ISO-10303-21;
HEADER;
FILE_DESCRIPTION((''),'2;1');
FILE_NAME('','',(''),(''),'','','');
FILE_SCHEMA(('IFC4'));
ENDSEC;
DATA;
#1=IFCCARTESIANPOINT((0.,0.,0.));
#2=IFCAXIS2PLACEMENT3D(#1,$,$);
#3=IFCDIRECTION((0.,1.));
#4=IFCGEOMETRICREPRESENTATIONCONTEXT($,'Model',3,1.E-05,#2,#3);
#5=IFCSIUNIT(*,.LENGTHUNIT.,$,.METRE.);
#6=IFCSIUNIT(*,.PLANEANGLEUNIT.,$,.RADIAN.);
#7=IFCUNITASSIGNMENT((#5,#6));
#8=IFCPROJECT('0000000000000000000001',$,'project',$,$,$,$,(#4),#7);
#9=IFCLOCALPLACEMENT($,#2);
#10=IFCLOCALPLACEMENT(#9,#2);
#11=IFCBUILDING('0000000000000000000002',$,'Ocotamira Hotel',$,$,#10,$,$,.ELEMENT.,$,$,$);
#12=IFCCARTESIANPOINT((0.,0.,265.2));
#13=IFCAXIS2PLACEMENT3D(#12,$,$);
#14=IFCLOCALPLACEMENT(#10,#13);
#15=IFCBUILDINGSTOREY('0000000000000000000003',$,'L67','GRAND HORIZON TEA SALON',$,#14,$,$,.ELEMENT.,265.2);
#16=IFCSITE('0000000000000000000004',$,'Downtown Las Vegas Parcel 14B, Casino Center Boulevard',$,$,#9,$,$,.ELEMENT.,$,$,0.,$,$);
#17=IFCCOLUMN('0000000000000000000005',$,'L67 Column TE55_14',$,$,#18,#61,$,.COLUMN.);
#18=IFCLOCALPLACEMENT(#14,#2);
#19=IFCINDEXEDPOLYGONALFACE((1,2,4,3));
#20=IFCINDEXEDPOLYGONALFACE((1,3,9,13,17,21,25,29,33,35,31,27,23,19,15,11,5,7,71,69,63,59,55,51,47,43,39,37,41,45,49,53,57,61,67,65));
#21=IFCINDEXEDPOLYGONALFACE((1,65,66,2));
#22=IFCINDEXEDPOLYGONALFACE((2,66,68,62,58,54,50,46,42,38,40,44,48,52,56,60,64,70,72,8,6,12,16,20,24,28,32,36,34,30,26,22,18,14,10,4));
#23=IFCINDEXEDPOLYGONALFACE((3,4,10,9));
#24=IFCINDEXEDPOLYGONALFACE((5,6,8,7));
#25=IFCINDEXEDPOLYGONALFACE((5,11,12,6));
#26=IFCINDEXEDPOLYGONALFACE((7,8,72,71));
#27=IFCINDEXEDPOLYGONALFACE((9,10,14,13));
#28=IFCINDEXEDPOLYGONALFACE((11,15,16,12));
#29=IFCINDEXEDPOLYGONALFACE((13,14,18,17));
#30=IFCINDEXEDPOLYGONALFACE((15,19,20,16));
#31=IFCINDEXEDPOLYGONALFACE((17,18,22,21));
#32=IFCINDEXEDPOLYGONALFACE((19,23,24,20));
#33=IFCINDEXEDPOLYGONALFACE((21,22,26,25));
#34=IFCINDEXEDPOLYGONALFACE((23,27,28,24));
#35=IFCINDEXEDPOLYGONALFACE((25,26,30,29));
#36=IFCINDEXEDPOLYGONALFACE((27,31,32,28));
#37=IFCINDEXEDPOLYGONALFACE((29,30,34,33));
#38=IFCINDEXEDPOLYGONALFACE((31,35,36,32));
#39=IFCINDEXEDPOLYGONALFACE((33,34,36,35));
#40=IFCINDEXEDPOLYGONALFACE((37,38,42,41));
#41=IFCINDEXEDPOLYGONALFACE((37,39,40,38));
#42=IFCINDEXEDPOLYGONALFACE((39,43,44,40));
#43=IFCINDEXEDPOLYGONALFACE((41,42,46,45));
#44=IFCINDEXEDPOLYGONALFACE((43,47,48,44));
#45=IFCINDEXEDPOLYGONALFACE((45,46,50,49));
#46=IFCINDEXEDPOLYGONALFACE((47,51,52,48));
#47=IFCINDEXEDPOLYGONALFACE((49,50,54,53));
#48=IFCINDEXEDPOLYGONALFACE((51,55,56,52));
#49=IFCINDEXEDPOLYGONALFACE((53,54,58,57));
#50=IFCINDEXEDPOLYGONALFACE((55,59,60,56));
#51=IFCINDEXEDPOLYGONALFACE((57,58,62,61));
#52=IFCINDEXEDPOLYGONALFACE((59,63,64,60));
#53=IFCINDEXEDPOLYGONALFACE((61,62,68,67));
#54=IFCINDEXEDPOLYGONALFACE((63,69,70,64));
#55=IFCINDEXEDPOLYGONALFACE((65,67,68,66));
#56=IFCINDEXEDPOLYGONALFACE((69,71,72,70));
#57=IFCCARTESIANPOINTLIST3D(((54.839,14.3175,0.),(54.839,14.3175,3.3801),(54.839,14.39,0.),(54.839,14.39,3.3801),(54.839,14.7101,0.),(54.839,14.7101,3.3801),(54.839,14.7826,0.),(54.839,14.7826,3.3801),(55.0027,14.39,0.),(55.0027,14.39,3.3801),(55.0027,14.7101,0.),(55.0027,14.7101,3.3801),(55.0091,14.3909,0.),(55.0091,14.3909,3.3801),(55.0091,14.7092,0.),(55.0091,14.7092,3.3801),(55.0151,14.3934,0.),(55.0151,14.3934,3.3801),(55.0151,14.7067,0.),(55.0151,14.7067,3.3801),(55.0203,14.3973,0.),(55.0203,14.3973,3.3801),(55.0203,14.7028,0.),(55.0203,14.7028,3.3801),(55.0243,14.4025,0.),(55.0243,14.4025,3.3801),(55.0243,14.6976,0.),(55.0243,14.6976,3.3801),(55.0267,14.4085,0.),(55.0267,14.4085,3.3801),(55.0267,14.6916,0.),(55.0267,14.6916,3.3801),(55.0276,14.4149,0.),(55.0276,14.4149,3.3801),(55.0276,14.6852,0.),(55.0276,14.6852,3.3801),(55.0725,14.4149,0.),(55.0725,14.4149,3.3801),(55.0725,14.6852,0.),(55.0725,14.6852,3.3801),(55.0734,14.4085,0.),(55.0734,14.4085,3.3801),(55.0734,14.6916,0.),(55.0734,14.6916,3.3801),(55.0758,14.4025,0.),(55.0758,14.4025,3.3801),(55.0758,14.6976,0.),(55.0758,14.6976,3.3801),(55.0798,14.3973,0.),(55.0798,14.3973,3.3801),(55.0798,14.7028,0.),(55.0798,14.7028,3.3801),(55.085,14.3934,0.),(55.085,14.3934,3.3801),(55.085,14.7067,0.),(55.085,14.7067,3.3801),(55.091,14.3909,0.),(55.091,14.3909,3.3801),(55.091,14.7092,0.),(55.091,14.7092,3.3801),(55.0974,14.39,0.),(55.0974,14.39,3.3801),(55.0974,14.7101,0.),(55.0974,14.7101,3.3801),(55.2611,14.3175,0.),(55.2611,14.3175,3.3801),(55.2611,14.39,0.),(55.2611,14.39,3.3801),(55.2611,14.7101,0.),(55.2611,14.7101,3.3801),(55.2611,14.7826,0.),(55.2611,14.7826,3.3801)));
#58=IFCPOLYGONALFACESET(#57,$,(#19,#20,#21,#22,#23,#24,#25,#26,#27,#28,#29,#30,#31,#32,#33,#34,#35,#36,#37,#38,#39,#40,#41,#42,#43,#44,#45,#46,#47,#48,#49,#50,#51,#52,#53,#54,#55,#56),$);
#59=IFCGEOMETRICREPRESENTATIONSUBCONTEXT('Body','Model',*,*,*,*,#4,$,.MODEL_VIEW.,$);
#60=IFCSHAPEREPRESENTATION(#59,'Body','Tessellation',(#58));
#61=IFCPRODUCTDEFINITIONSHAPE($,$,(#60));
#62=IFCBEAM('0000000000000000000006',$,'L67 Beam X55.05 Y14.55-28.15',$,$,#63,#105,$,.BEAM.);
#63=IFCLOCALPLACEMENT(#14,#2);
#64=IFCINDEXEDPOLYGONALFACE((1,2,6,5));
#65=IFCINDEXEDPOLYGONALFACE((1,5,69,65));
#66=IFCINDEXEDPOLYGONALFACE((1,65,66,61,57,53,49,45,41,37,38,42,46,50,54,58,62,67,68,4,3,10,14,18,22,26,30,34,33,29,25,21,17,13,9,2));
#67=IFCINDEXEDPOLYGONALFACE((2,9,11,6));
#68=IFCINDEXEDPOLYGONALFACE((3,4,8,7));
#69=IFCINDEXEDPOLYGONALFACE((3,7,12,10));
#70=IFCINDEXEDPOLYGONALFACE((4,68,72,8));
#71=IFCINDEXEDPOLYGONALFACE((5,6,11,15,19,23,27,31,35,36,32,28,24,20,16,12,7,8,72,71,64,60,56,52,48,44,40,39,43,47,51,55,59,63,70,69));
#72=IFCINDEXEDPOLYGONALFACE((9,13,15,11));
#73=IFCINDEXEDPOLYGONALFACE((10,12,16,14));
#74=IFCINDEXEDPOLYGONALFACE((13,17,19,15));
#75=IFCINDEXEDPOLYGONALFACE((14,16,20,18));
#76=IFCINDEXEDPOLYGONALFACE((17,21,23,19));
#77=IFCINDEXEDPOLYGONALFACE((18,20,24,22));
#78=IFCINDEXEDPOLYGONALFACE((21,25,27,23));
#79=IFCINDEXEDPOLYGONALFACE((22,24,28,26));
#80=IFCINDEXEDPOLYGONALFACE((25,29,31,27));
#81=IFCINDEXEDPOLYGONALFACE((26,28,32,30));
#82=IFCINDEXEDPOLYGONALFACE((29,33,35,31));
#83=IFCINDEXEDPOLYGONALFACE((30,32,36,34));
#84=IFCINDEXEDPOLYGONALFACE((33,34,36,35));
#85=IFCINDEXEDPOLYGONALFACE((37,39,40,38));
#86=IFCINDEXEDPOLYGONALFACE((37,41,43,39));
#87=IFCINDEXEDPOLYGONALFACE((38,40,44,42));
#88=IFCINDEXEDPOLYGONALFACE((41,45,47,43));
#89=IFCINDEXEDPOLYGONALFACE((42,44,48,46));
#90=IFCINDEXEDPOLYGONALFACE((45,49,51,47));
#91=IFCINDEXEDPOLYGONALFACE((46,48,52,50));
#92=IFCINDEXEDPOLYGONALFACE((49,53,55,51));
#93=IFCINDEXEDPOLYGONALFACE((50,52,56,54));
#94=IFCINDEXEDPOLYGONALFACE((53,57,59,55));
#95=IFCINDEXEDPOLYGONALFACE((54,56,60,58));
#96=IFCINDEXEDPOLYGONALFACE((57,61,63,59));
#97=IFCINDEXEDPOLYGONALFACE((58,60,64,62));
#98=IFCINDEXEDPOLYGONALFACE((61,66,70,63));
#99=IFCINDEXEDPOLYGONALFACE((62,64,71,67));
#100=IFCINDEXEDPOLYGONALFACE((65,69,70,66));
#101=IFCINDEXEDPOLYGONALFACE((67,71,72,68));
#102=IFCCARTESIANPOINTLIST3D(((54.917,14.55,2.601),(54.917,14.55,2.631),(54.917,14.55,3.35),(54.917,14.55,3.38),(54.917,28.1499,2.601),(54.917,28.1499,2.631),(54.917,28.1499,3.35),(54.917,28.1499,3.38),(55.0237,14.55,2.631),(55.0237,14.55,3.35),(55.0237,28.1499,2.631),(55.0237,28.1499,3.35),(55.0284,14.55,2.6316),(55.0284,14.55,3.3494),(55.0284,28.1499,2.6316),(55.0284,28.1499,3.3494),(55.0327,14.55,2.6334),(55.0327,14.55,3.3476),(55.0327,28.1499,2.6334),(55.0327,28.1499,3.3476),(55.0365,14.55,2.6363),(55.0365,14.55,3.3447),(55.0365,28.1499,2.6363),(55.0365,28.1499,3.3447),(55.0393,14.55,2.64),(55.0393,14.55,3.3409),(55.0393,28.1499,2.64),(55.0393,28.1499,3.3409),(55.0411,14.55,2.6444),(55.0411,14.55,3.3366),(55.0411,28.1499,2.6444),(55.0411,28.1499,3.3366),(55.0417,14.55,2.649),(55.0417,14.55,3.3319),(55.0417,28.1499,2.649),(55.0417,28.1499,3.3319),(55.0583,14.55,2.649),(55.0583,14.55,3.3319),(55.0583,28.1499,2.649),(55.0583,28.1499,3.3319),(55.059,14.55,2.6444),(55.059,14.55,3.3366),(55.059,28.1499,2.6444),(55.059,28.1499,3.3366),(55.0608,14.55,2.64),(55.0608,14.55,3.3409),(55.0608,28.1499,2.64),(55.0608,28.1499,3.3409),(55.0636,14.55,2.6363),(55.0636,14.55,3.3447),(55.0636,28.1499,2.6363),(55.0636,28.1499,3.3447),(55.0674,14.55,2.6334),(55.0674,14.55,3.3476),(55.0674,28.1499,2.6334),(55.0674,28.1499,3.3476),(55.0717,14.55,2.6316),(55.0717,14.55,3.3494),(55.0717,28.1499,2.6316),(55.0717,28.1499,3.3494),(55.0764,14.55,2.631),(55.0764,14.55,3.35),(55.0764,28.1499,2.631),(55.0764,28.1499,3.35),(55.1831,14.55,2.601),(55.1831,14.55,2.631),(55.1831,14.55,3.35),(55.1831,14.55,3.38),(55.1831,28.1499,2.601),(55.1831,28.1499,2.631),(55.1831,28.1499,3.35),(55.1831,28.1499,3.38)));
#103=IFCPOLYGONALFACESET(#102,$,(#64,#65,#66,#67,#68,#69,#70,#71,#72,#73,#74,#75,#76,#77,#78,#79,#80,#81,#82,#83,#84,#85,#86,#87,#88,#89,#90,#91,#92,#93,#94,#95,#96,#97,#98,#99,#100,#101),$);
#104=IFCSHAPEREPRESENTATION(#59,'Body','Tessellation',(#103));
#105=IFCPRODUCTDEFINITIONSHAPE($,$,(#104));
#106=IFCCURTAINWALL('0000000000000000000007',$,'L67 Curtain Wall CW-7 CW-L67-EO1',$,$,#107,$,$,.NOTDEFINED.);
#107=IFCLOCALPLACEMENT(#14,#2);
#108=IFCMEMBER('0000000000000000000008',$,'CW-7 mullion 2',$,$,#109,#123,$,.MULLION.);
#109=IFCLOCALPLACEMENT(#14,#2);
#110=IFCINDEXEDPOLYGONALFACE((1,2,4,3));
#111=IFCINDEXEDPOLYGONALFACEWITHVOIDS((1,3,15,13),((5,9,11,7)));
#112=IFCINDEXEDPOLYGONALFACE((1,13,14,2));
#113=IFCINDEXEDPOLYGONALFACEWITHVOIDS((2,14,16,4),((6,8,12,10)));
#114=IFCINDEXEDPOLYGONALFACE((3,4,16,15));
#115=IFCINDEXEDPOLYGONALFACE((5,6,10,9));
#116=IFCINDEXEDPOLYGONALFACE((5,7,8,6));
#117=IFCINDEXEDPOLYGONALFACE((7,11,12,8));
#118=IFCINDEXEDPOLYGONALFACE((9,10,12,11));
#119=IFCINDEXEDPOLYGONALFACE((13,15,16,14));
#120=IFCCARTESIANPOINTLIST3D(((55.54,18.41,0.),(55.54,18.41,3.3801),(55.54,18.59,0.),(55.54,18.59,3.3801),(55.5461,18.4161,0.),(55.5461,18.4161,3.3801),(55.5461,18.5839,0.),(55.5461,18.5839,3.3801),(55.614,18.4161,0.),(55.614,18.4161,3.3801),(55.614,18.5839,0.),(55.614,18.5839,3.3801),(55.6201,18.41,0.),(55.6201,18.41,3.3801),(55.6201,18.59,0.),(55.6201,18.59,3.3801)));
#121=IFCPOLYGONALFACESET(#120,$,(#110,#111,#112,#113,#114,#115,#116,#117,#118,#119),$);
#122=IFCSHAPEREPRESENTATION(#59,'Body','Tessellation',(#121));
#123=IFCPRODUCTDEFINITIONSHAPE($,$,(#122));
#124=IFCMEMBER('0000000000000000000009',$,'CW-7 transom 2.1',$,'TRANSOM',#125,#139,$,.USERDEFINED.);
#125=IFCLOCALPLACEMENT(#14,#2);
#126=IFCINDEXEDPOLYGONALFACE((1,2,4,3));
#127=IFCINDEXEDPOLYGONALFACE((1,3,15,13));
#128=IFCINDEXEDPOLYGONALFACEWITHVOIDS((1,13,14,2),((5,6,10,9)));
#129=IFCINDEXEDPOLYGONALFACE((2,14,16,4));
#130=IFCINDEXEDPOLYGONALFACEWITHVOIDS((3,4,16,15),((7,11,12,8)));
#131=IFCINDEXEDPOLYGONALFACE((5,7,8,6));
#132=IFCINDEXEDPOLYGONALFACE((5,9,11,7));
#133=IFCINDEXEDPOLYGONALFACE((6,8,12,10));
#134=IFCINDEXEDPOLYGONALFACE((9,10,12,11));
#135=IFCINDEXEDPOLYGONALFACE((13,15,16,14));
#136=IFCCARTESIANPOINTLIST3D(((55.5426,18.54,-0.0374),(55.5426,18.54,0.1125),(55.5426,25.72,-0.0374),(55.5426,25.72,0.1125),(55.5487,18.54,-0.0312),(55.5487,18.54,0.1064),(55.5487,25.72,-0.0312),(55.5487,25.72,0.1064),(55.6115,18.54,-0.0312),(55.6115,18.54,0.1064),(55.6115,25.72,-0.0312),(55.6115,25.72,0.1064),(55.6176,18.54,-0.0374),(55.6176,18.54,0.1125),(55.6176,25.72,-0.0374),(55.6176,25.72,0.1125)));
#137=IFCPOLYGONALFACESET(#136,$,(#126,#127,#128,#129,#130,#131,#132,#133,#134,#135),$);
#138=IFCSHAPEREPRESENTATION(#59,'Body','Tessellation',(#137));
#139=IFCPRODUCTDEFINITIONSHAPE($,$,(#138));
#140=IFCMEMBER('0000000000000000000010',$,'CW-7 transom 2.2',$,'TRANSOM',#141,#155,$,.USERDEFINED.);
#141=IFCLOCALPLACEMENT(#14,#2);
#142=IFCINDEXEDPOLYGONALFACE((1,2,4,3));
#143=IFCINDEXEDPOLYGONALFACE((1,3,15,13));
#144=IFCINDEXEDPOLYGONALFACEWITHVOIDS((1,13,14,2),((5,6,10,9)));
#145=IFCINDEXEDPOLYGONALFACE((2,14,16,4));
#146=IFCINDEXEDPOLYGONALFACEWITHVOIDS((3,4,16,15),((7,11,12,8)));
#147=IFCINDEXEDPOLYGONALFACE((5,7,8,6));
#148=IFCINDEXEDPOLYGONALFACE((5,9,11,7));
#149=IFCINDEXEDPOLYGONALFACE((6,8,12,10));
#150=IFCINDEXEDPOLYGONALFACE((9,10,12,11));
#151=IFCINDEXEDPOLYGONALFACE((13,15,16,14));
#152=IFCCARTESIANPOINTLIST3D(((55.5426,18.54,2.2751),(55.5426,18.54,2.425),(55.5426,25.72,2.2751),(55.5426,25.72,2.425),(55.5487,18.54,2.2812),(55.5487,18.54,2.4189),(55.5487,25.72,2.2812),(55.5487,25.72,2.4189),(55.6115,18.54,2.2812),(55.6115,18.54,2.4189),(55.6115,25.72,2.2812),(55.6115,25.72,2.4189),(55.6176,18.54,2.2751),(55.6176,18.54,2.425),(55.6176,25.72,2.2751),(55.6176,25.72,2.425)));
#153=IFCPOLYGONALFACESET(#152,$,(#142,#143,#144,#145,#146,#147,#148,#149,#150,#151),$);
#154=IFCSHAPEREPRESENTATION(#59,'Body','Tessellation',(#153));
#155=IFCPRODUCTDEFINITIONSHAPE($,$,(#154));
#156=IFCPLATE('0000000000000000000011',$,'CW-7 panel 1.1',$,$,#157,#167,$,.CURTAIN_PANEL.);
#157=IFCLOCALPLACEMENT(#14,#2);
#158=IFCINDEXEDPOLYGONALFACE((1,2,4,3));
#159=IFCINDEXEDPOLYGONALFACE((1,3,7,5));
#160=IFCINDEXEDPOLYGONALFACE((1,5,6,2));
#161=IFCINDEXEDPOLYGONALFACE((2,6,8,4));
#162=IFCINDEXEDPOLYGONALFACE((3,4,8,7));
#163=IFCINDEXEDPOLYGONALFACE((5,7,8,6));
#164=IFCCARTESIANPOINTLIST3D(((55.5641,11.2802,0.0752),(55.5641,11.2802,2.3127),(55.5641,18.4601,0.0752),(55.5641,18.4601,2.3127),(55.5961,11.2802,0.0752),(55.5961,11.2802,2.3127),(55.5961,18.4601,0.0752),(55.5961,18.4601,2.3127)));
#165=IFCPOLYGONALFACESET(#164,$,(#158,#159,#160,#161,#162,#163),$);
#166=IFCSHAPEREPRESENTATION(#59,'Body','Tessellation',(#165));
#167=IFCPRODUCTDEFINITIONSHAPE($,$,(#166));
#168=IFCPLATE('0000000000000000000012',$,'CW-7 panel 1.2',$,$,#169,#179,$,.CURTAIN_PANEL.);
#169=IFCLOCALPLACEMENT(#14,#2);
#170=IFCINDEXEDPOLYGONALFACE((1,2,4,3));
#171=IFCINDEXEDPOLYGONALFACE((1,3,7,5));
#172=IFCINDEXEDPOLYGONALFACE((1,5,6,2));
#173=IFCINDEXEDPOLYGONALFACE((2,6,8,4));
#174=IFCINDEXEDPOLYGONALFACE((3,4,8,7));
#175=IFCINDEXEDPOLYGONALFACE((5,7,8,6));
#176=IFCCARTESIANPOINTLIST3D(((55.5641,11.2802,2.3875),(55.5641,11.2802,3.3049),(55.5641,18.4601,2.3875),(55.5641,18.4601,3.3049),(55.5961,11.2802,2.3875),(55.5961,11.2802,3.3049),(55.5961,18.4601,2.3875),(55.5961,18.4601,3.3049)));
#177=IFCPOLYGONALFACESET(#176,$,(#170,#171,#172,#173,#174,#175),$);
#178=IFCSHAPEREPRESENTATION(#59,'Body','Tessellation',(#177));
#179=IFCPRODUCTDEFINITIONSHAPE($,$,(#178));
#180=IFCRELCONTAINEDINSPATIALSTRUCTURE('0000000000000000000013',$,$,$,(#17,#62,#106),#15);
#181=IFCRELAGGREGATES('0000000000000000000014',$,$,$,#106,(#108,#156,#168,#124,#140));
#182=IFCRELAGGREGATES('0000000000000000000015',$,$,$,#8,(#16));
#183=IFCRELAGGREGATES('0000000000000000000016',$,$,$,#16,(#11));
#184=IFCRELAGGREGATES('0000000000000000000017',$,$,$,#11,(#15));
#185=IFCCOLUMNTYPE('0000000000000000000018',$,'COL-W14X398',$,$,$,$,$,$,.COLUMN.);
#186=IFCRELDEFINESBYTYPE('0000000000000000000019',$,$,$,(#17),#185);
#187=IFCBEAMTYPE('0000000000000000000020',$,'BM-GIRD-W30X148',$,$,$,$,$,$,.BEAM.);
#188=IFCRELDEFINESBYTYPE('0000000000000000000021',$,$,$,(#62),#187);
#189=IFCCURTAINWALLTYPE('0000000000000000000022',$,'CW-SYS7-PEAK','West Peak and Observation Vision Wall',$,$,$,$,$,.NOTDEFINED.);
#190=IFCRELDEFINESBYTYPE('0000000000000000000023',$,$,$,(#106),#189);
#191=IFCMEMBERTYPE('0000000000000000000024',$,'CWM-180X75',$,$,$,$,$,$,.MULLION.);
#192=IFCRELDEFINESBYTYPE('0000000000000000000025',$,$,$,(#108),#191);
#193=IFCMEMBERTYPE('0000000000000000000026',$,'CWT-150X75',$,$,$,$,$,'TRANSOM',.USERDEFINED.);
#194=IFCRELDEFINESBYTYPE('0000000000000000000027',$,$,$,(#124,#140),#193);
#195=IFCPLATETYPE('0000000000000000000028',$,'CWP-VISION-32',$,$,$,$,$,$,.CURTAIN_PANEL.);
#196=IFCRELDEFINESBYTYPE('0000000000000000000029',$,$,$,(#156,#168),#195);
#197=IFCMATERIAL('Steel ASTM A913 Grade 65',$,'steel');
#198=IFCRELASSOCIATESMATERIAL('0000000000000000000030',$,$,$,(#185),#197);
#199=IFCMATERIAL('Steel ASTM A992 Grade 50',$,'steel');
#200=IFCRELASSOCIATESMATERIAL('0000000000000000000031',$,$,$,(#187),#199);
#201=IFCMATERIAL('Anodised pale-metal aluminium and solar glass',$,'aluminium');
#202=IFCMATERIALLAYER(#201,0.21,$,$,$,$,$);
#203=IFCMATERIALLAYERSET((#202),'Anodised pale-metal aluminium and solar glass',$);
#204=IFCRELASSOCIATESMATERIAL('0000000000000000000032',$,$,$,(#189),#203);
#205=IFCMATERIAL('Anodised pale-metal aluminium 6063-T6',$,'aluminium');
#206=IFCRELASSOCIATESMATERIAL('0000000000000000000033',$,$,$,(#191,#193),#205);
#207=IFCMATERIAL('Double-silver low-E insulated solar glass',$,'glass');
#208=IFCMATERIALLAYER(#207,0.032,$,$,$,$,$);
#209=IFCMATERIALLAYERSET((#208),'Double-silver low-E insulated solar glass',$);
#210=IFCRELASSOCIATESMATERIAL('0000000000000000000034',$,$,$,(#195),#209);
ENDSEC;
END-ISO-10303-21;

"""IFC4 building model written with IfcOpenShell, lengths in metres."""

from ifc_helpers import new_model, si_unit, direction, frame, origin, origin_2d, place, context, subcontext, project, spatial, rectangle, hollow_rectangle, i_section, extrude, source, transform, mapped, material, layer, layer_set, material_profile, profile_set, type_object, element, aggregate, save


model = new_model("IFC4")

# Units and contexts
model_context = context("Model", 3, precision=1e-05, world=origin(), true_north=direction((0.0, 1.0)))
body_context = subcontext(model_context, "Body", "Model", "MODEL_VIEW")
ifc_project = project(units=[si_unit("LENGTHUNIT", "METRE"), si_unit("PLANEANGLEUNIT", "RADIAN")], contexts=[model_context])

# Site, building, storey
site_placement = place(None, origin())
site = spatial("IfcSite", under=ifc_project, at=site_placement, Name="Downtown Las Vegas Parcel 14B, Casino Center Boulevard", CompositionType="ELEMENT", RefElevation=0.0)
building_placement = place(site_placement, origin())
building = spatial("IfcBuilding", under=site, at=building_placement, Name="Ocotamira Hotel", CompositionType="ELEMENT")
storey_placement = place(building_placement, frame((0.0, 0.0, 265.2)))
storey = spatial("IfcBuildingStorey", under=building, at=storey_placement, Name="L67", Description="GRAND HORIZON TEA SALON", CompositionType="ELEMENT", Elevation=265.2)

# Column
ifc_material_1 = material(Name="Steel ASTM A913 Grade 65", Category="steel")
ifc_material_profile_1 = material_profile(ifc_material_1, i_section(OverallWidth=0.4221, OverallDepth=0.4651, WebThickness=0.0449, FlangeThickness=0.0725, FilletRadius=0.0249, at=origin_2d()), Name="W14X398")
ifc_profile_set_1 = profile_set([ifc_material_profile_1], Name="Steel ASTM A913 Grade 65")
column_type = type_object("IfcColumnType", Name="COL-W14X398", PredefinedType="COLUMN", material=ifc_profile_set_1)
shared_shape_1 = source(origin(), body_context, "Body", "SweptSolid", [
    extrude(i_section(OverallWidth=0.4221, OverallDepth=0.4651, WebThickness=0.0449, FlangeThickness=0.0725, FilletRadius=0.0249, at=origin_2d()), origin(), (0.0, 0.0, 1.0), 3.3801),
])
column_placement = place(storey_placement, frame((55.05, 14.55, 0.0), z_axis=(0.0, 0.0, 1.0), x_axis=(1.0, 0.0, 0.0)))
element("IfcColumn", 1, at=column_placement, inside=storey, type_object=column_type, Name="L67 Column TE55_14", PredefinedType="COLUMN", context=body_context, shape_type="MappedRepresentation", body=[
    mapped(shared_shape_1, transform((0.0, 0.0, 0.0), scale=1.0)),
])

# Beam
ifc_material_2 = material(Name="Steel ASTM A992 Grade 50", Category="steel")
ifc_material_profile_2 = material_profile(ifc_material_2, i_section(OverallWidth=0.2661, OverallDepth=0.7791, WebThickness=0.0166, FlangeThickness=0.03, FilletRadius=0.0181, at=origin_2d()), Name="W30X148")
ifc_profile_set_2 = profile_set([ifc_material_profile_2], Name="Steel ASTM A992 Grade 50")
beam_type = type_object("IfcBeamType", Name="BM-GIRD-W30X148", PredefinedType="BEAM", material=ifc_profile_set_2)
shared_shape_2 = source(origin(), body_context, "Body", "SweptSolid", [
    extrude(i_section(OverallWidth=0.2661, OverallDepth=0.7791, WebThickness=0.0166, FlangeThickness=0.03, FilletRadius=0.0181, at=origin_2d()), origin(), (0.0, 0.0, 1.0), 13.5999),
])
beam_placement = place(storey_placement, frame((55.05, 14.55, 2.9905), z_axis=(0.0, 1.0, 0.0), x_axis=(-1.0, 0.0, 0.0)))
element("IfcBeam", 2, at=beam_placement, inside=storey, type_object=beam_type, Name="L67 Beam X55.05 Y14.55-28.15", PredefinedType="BEAM", context=body_context, shape_type="MappedRepresentation", body=[
    mapped(shared_shape_2, transform((0.0, 0.0, 0.0), scale=1.0)),
])

# Curtain wall, members, plates
ifc_material_3 = material(Name="Anodised pale-metal aluminium and solar glass", Category="aluminium")
ifc_layer_1 = layer(ifc_material_3, 0.21)
ifc_layer_set_1 = layer_set([ifc_layer_1], Name="Anodised pale-metal aluminium and solar glass")
curtain_wall_type = type_object("IfcCurtainWallType", Name="CW-SYS7-PEAK", Description="West Peak and Observation Vision Wall", PredefinedType="NOTDEFINED", material=ifc_layer_set_1)
curtain_wall_placement = place(storey_placement, origin())
curtain_wall = element("IfcCurtainWall", 3, at=curtain_wall_placement, inside=storey, type_object=curtain_wall_type, Name="L67 Curtain Wall CW-7 CW-L67-EO1", PredefinedType="NOTDEFINED")
ifc_material_4 = material(Name="Anodised pale-metal aluminium 6063-T6", Category="aluminium")
ifc_material_profile_3 = material_profile(ifc_material_4, hollow_rectangle(XDim=0.0801, YDim=0.1799, WallThickness=0.0061, at=origin_2d()), Name="HSS180X80X6")
ifc_profile_set_3 = profile_set([ifc_material_profile_3], Name="Anodised pale-metal aluminium 6063-T6")
member_type_1 = type_object("IfcMemberType", Name="CWM-180X75", PredefinedType="MULLION", material=ifc_profile_set_3)
shared_shape_3 = source(origin(), body_context, "Body", "SweptSolid", [
    extrude(hollow_rectangle(XDim=0.0801, YDim=0.1799, WallThickness=0.0061, at=origin_2d()), origin(), (0.0, 0.0, 1.0), 3.3801),
])
member_1_placement = place(storey_placement, frame((55.5801, 18.5, 0.0), z_axis=(0.0, 0.0, 1.0), x_axis=(-1.0, 0.0, 0.0)))
member_1 = element("IfcMember", 4, at=member_1_placement, type_object=member_type_1, Name="CW-7 mullion 2", PredefinedType="MULLION", context=body_context, shape_type="MappedRepresentation", body=[
    mapped(shared_shape_3, transform((0.0, 0.0, 0.0), scale=1.0)),
])
ifc_material_profile_4 = material_profile(ifc_material_4, hollow_rectangle(XDim=0.075, YDim=0.1499, WallThickness=0.0061, at=origin_2d()), Name="HSS150X75X6")
ifc_profile_set_4 = profile_set([ifc_material_profile_4], Name="Anodised pale-metal aluminium 6063-T6")
member_type_2 = type_object("IfcMemberType", Name="CWT-150X75", ElementType="TRANSOM", PredefinedType="USERDEFINED", material=ifc_profile_set_4)
shared_shape_4 = source(origin(), body_context, "Body", "SweptSolid", [
    extrude(hollow_rectangle(XDim=0.075, YDim=0.1499, WallThickness=0.0061, at=origin_2d()), origin(), (0.0, 0.0, 1.0), 7.1799),
])
member_2_placement = place(storey_placement, frame((55.5801, 18.54, 0.0376), z_axis=(0.0, 1.0, 0.0), x_axis=(-1.0, 0.0, 0.0)))
member_2 = element("IfcMember", 5, at=member_2_placement, type_object=member_type_2, Name="CW-7 transom 2.1", ObjectType="TRANSOM", PredefinedType="USERDEFINED", context=body_context, shape_type="MappedRepresentation", body=[
    mapped(shared_shape_4, transform((0.0, 0.0, 0.0), scale=1.0)),
])
member_3_placement = place(storey_placement, frame((55.5801, 18.54, 2.3501), z_axis=(0.0, 1.0, 0.0), x_axis=(-1.0, 0.0, 0.0)))
member_3 = element("IfcMember", 6, at=member_3_placement, type_object=member_type_2, Name="CW-7 transom 2.2", ObjectType="TRANSOM", PredefinedType="USERDEFINED", context=body_context, shape_type="MappedRepresentation", body=[
    mapped(shared_shape_4, transform((0.0, 0.0, 0.0), scale=1.0)),
])
ifc_material_5 = material(Name="Double-silver low-E insulated solar glass", Category="glass")
ifc_layer_2 = layer(ifc_material_5, 0.032)
ifc_layer_set_2 = layer_set([ifc_layer_2], Name="Double-silver low-E insulated solar glass")
plate_type = type_object("IfcPlateType", Name="CWP-VISION-32", PredefinedType="CURTAIN_PANEL", material=ifc_layer_set_2)
shared_shape_5 = source(origin(), body_context, "Body", "SweptSolid", [
    extrude(rectangle(XDim=7.1799, YDim=0.032, at=origin_2d()), origin(), (0.0, 0.0, 1.0), 2.2375),
])
plate_1_placement = place(storey_placement, frame((55.5801, 14.8701, 0.0752), z_axis=(0.0, 0.0, 1.0), x_axis=(0.0, 1.0, 0.0)))
plate_1 = element("IfcPlate", 7, at=plate_1_placement, type_object=plate_type, Name="CW-7 panel 1.1", PredefinedType="CURTAIN_PANEL", context=body_context, shape_type="MappedRepresentation", body=[
    mapped(shared_shape_5, transform((0.0, 0.0, 0.0), scale=1.0)),
])
shared_shape_6 = source(origin(), body_context, "Body", "SweptSolid", [
    extrude(rectangle(XDim=7.1799, YDim=0.032, at=origin_2d()), origin(), (0.0, 0.0, 1.0), 0.9175),
])
plate_2_placement = place(storey_placement, frame((55.5801, 14.8701, 2.3875), z_axis=(0.0, 0.0, 1.0), x_axis=(0.0, 1.0, 0.0)))
plate_2 = element("IfcPlate", 8, at=plate_2_placement, type_object=plate_type, Name="CW-7 panel 1.2", PredefinedType="CURTAIN_PANEL", context=body_context, shape_type="MappedRepresentation", body=[
    mapped(shared_shape_6, transform((0.0, 0.0, 0.0), scale=1.0)),
])
aggregate(curtain_wall, [member_1, plate_1, plate_2, member_2, member_3])

save(model, "model.ifc")
